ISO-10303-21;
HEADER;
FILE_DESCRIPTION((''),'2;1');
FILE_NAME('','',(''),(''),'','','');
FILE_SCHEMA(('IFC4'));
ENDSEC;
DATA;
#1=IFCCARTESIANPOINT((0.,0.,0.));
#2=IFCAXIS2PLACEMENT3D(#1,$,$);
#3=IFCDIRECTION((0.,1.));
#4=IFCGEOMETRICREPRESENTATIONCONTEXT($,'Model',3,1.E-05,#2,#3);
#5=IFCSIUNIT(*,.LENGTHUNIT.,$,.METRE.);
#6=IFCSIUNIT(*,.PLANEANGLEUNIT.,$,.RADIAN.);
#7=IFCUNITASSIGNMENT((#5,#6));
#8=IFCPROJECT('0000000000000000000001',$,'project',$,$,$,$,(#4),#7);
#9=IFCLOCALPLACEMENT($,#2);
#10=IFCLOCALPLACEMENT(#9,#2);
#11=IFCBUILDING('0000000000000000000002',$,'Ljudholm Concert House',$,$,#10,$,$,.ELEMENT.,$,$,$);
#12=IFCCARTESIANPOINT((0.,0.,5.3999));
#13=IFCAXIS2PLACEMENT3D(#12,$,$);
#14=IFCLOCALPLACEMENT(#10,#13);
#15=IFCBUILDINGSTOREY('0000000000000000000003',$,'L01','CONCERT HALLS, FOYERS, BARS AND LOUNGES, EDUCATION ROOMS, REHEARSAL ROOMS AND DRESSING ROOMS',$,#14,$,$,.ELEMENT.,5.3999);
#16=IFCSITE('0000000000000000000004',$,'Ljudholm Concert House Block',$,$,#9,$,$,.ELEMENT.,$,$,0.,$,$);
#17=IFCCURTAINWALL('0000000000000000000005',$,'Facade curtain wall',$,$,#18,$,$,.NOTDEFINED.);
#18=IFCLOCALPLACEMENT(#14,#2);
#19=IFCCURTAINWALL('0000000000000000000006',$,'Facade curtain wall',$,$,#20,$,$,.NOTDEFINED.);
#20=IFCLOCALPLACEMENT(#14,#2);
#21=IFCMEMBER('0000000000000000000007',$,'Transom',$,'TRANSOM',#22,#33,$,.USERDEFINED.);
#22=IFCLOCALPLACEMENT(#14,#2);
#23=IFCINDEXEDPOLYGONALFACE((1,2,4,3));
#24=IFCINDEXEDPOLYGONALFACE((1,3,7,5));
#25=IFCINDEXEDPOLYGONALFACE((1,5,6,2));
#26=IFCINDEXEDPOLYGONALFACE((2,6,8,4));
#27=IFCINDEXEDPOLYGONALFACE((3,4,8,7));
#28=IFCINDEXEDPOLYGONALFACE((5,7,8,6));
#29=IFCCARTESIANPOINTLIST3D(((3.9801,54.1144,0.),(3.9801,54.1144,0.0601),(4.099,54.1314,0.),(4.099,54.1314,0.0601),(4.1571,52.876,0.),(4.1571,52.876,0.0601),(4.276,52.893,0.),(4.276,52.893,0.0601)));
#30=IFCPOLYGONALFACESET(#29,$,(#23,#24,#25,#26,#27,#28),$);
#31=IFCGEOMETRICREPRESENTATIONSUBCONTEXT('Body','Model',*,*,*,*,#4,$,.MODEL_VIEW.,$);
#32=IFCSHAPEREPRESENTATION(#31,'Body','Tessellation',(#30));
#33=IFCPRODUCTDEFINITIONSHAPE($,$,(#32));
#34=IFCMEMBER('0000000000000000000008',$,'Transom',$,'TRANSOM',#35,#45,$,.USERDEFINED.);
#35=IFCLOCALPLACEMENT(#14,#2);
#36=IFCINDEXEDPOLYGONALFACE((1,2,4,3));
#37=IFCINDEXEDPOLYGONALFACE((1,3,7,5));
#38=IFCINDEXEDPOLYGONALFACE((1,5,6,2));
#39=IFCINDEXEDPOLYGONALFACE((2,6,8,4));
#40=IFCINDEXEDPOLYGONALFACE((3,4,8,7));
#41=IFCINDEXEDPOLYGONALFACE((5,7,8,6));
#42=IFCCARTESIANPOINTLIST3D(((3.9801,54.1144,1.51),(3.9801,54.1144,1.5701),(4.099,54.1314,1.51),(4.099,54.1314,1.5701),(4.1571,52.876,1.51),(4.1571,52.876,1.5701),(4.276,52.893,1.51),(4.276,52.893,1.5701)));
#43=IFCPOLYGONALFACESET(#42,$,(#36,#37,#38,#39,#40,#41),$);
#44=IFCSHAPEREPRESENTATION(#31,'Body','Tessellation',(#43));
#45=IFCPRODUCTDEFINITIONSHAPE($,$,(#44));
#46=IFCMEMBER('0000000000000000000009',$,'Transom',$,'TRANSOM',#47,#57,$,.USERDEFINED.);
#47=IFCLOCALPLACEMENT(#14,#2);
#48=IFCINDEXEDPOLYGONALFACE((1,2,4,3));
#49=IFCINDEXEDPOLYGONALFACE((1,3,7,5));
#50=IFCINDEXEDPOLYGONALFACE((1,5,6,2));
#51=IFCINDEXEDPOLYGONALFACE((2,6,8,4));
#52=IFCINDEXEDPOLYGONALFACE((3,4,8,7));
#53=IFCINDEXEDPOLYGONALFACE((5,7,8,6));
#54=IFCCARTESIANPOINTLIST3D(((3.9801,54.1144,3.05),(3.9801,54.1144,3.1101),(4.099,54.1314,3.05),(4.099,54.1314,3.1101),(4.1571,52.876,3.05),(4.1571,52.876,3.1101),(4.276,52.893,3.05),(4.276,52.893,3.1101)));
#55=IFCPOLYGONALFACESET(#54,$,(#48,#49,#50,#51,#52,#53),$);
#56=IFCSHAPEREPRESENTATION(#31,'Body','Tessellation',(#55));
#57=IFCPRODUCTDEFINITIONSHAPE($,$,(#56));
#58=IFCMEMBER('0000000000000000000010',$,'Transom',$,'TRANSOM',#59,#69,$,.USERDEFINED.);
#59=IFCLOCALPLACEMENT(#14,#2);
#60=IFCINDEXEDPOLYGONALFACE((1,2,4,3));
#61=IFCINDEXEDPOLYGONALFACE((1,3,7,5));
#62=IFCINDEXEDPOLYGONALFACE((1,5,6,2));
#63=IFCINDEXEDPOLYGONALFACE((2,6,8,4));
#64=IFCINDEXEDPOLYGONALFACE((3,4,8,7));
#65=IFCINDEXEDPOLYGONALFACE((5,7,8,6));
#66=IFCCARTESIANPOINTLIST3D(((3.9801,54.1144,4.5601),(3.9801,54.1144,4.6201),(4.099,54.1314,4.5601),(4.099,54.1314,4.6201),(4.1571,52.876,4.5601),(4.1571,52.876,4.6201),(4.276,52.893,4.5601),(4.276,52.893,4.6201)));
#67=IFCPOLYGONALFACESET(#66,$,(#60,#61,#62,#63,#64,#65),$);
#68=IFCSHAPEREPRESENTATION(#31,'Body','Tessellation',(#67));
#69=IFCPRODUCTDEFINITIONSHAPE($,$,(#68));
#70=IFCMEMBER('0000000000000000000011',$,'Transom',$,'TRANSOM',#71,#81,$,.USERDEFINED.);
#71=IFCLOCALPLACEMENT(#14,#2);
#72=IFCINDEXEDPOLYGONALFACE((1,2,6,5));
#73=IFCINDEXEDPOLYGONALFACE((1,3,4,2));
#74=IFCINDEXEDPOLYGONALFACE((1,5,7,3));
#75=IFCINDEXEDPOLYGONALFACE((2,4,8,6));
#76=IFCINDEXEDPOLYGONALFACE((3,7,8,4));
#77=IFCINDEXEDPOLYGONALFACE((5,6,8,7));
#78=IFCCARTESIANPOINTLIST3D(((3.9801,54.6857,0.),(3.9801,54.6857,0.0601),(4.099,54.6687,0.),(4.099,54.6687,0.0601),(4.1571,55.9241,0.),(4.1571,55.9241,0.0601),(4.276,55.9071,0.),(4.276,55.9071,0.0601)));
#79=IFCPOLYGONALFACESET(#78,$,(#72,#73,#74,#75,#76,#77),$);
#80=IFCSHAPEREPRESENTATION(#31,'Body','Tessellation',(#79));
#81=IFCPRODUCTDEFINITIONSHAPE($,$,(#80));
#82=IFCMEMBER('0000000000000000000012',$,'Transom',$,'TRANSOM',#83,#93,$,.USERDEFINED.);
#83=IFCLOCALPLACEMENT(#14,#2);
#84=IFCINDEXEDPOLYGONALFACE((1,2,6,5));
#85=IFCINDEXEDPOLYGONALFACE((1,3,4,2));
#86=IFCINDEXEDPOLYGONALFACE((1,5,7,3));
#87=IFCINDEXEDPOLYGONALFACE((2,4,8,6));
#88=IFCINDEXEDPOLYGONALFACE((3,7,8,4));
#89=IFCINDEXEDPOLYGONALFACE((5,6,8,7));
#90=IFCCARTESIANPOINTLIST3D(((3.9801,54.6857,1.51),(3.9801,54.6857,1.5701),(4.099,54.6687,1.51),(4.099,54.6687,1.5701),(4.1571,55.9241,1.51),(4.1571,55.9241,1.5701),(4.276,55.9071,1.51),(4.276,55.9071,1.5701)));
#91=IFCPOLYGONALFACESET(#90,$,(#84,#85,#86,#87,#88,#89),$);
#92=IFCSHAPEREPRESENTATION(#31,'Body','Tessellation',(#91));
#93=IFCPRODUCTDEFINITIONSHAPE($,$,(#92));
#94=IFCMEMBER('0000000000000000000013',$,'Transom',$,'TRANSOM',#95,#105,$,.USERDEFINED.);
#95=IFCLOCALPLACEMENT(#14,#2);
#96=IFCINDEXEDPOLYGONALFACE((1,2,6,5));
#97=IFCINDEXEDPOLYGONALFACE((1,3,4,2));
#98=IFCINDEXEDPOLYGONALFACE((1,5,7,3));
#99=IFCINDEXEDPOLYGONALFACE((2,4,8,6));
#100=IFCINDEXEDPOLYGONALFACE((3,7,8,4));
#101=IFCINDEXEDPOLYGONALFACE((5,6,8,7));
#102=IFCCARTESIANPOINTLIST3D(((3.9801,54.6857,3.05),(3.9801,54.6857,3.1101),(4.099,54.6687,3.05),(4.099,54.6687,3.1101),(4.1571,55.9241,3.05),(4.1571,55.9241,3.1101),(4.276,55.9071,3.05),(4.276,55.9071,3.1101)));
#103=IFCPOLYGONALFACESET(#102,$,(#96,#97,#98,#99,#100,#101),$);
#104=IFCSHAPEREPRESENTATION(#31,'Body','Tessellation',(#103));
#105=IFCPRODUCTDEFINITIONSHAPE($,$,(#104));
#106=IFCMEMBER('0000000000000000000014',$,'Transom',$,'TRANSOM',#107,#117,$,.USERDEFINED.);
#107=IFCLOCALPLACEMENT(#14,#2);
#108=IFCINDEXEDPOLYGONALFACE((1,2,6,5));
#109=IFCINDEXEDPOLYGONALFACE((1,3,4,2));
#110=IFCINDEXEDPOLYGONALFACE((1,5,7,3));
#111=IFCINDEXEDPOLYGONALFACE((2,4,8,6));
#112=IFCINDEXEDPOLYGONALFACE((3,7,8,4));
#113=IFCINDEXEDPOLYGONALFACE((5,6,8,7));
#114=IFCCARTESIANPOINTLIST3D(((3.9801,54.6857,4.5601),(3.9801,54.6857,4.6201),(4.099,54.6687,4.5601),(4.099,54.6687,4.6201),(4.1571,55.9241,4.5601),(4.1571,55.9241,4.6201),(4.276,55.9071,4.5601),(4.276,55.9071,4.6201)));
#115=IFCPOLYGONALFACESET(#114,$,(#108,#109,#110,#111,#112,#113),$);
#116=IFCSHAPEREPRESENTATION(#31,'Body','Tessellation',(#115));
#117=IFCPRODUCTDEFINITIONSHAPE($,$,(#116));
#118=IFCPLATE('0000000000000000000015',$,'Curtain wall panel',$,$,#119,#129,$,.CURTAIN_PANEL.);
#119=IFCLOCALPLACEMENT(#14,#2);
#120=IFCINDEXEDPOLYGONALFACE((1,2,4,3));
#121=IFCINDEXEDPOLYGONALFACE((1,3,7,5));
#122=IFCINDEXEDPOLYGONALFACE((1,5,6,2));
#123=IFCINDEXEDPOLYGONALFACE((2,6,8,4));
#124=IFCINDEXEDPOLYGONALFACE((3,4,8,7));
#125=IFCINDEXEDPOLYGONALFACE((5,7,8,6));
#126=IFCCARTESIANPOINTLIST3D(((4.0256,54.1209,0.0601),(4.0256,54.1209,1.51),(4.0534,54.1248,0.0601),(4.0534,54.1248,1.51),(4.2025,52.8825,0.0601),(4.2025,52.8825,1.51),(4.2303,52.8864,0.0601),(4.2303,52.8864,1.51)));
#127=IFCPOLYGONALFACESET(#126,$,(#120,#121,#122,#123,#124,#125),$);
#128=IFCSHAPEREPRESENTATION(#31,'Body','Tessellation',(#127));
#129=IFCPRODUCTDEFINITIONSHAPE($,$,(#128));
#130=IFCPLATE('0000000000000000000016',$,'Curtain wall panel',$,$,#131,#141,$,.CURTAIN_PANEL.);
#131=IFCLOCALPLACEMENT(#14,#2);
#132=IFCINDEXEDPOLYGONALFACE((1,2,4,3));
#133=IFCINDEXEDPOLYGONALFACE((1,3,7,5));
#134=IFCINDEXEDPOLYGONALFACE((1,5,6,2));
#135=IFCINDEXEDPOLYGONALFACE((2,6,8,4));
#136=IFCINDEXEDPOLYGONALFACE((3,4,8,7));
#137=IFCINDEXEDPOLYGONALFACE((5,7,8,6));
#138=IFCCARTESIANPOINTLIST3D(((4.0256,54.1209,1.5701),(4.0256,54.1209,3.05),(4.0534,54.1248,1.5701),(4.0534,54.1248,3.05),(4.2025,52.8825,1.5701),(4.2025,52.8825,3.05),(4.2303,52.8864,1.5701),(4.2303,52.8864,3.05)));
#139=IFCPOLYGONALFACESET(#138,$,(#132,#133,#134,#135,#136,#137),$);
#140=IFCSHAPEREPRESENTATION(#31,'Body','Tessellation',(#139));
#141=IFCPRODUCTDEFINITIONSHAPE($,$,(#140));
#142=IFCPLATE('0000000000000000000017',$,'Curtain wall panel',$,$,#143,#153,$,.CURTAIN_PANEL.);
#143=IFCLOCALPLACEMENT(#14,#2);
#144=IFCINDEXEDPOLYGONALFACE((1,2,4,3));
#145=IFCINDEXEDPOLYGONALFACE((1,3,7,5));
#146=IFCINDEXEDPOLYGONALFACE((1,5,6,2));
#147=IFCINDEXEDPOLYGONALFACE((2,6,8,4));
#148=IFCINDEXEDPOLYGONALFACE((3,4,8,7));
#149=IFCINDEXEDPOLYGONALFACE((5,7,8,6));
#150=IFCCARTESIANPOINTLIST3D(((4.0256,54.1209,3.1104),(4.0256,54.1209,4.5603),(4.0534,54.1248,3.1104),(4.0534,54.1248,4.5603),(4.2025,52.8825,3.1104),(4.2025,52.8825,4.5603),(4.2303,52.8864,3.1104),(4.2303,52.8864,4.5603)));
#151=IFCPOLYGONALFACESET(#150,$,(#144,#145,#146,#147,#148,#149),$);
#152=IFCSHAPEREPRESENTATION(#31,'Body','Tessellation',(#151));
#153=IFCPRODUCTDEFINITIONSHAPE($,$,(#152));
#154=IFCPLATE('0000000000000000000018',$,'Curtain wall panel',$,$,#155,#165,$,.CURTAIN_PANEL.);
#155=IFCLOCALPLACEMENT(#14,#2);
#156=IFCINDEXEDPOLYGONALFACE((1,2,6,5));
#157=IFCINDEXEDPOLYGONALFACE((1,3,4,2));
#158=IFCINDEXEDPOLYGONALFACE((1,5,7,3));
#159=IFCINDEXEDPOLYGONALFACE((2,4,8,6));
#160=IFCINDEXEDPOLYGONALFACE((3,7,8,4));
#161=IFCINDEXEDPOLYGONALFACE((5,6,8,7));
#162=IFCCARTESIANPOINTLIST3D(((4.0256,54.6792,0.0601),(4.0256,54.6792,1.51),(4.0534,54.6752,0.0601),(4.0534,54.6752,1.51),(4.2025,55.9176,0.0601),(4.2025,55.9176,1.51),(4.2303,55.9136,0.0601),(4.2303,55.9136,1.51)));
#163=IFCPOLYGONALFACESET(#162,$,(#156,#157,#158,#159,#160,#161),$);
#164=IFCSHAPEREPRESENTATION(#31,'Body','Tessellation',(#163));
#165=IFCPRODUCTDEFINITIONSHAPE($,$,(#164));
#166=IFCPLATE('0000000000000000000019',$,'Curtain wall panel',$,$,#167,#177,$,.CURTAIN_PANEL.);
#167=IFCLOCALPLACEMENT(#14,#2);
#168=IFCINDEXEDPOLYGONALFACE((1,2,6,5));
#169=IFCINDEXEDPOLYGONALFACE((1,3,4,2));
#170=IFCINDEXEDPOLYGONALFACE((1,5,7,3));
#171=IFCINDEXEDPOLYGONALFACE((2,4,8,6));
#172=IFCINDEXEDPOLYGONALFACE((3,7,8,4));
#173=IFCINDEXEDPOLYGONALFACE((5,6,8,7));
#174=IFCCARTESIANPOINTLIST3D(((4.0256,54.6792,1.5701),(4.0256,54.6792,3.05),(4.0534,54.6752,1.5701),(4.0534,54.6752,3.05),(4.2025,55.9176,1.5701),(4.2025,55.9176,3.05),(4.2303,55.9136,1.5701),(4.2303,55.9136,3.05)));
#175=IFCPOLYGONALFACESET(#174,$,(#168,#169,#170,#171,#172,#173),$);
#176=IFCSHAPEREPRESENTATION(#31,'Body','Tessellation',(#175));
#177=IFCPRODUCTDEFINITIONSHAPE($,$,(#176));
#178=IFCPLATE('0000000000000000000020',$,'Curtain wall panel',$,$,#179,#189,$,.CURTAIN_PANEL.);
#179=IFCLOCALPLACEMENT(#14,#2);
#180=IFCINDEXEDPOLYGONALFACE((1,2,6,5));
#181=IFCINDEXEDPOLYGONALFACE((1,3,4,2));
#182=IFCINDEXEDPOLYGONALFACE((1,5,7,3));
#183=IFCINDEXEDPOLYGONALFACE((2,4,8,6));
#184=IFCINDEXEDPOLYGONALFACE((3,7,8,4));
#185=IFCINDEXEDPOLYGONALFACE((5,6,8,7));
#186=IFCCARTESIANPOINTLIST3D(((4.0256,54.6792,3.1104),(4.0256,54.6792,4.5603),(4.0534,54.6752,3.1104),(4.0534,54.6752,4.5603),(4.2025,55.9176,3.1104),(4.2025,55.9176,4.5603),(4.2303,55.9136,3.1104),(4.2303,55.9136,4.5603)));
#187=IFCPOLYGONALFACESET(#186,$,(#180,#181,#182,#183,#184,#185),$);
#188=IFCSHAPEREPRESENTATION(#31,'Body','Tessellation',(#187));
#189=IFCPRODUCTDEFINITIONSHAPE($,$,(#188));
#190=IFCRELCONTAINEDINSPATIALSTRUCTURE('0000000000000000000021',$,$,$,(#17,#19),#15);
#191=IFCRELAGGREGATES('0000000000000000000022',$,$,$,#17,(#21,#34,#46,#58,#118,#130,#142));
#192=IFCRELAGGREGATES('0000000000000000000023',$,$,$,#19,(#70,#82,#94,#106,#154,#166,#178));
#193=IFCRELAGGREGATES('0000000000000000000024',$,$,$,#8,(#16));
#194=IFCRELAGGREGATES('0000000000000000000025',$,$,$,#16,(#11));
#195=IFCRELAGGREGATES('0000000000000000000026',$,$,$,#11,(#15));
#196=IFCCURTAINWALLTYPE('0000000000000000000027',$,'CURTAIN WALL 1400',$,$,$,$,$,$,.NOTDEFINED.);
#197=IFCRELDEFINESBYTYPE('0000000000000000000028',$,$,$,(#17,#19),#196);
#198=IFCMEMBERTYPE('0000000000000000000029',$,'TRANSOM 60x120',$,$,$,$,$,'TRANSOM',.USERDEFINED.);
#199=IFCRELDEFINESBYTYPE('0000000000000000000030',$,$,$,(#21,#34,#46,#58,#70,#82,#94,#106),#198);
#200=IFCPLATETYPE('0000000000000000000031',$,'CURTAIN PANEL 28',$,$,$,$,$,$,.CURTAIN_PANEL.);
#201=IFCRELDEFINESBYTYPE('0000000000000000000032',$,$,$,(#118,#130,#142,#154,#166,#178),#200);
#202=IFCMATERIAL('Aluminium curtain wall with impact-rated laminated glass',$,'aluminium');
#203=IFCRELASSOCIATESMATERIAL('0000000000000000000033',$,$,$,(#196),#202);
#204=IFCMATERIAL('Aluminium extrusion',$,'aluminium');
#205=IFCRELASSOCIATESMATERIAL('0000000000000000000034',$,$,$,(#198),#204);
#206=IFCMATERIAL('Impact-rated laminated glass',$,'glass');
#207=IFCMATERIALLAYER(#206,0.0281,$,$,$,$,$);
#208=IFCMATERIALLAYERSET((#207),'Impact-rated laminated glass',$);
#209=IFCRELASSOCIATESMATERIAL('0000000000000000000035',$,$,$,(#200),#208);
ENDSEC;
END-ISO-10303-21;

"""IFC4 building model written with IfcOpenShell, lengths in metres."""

from ifc_helpers import new_model, si_unit, direction, frame, origin, origin_2d, place, context, subcontext, project, spatial, rectangle, extrude, material, layer, layer_set, material_profile, profile_set, type_object, element, aggregate, save


model = new_model("IFC4")

# Units and contexts
model_context = context("Model", 3, precision=1e-05, world=origin(), true_north=direction((0.0, 1.0)))
body_context = subcontext(model_context, "Body", "Model", "MODEL_VIEW")
ifc_project = project(units=[si_unit("LENGTHUNIT", "METRE"), si_unit("PLANEANGLEUNIT", "RADIAN")], contexts=[model_context])

# Site, building, storey
site_placement = place(None, origin())
site = spatial("IfcSite", under=ifc_project, at=site_placement, Name="Ljudholm Concert House Block", CompositionType="ELEMENT", RefElevation=0.0)
building_placement = place(site_placement, origin())
building = spatial("IfcBuilding", under=site, at=building_placement, Name="Ljudholm Concert House", CompositionType="ELEMENT")
storey_placement = place(building_placement, frame((0.0, 0.0, 5.3999)))
storey = spatial("IfcBuildingStorey", under=building, at=storey_placement, Name="L01", Description="CONCERT HALLS, FOYERS, BARS AND LOUNGES, EDUCATION ROOMS, REHEARSAL ROOMS AND DRESSING ROOMS", CompositionType="ELEMENT", Elevation=5.3999)

# Curtain wall
ifc_material_1 = material(Name="Aluminium curtain wall with impact-rated laminated glass", Category="aluminium")
curtain_wall_type = type_object("IfcCurtainWallType", Name="CURTAIN WALL 1400", PredefinedType="NOTDEFINED", material=ifc_material_1)
curtain_wall_1_placement = place(storey_placement, origin())
curtain_wall_1 = element("IfcCurtainWall", 1, at=curtain_wall_1_placement, inside=storey, type_object=curtain_wall_type, Name="Facade curtain wall", PredefinedType="NOTDEFINED")

# Curtain wall
curtain_wall_2_placement = place(storey_placement, origin())
curtain_wall_2 = element("IfcCurtainWall", 2, at=curtain_wall_2_placement, inside=storey, type_object=curtain_wall_type, Name="Facade curtain wall", PredefinedType="NOTDEFINED")

# Members
ifc_material_2 = material(Name="Aluminium extrusion", Category="aluminium")
ifc_material_profile_1 = material_profile(ifc_material_2, rectangle(XDim=0.1201, YDim=0.0601, at=origin_2d()), Name="TRANSOM 60x120")
ifc_profile_set_1 = profile_set([ifc_material_profile_1], Name="Aluminium extrusion")
member_type_1 = type_object("IfcMemberType", Name="TRANSOM 60x120", ElementType="TRANSOM", PredefinedType="USERDEFINED", material=ifc_profile_set_1)
member_1_placement = place(storey_placement, frame((4.2166, 52.8845, 0.03), z_axis=(-0.141503, 0.989938, 0.0), x_axis=(-0.989938, -0.141503, 0.0)))
member_1 = element("IfcMember", 3, at=member_1_placement, type_object=member_type_1, Name="Transom", ObjectType="TRANSOM", PredefinedType="USERDEFINED", context=body_context, shape_type="SweptSolid", body=[
    extrude(rectangle(XDim=0.1201, YDim=0.0601, at=origin_2d()), origin(), (0.0, 0.0, 1.0), 1.251),
])
member_2_placement = place(storey_placement, frame((4.2166, 52.8845, 1.54), z_axis=(-0.141503, 0.989938, 0.0), x_axis=(-0.989938, -0.141503, 0.0)))
member_2 = element("IfcMember", 4, at=member_2_placement, type_object=member_type_1, Name="Transom", ObjectType="TRANSOM", PredefinedType="USERDEFINED", context=body_context, shape_type="SweptSolid", body=[
    extrude(rectangle(XDim=0.1201, YDim=0.0601, at=origin_2d()), origin(), (0.0, 0.0, 1.0), 1.251),
])
member_3_placement = place(storey_placement, frame((4.2166, 52.8845, 3.0801), z_axis=(-0.141503, 0.989938, 0.0), x_axis=(-0.989938, -0.141503, 0.0)))
member_3 = element("IfcMember", 5, at=member_3_placement, type_object=member_type_1, Name="Transom", ObjectType="TRANSOM", PredefinedType="USERDEFINED", context=body_context, shape_type="SweptSolid", body=[
    extrude(rectangle(XDim=0.1201, YDim=0.0601, at=origin_2d()), origin(), (0.0, 0.0, 1.0), 1.251),
])
member_4_placement = place(storey_placement, frame((4.2166, 52.8845, 4.5901), z_axis=(-0.141503, 0.989938, 0.0), x_axis=(-0.989938, -0.141503, 0.0)))
member_4 = element("IfcMember", 6, at=member_4_placement, type_object=member_type_1, Name="Transom", ObjectType="TRANSOM", PredefinedType="USERDEFINED", context=body_context, shape_type="SweptSolid", body=[
    extrude(rectangle(XDim=0.1201, YDim=0.0601, at=origin_2d()), origin(), (0.0, 0.0, 1.0), 1.251),
])
member_5_placement = place(storey_placement, frame((4.0396, 54.6772, 0.03), z_axis=(0.141503, 0.989938, 0.0), x_axis=(-0.989938, 0.141503, 0.0)))
member_5 = element("IfcMember", 7, at=member_5_placement, type_object=member_type_1, Name="Transom", ObjectType="TRANSOM", PredefinedType="USERDEFINED", context=body_context, shape_type="SweptSolid", body=[
    extrude(rectangle(XDim=0.1201, YDim=0.0601, at=origin_2d()), origin(), (0.0, 0.0, 1.0), 1.251),
])
member_6_placement = place(storey_placement, frame((4.0396, 54.6772, 1.54), z_axis=(0.141503, 0.989938, 0.0), x_axis=(-0.989938, 0.141503, 0.0)))
member_6 = element("IfcMember", 8, at=member_6_placement, type_object=member_type_1, Name="Transom", ObjectType="TRANSOM", PredefinedType="USERDEFINED", context=body_context, shape_type="SweptSolid", body=[
    extrude(rectangle(XDim=0.1201, YDim=0.0601, at=origin_2d()), origin(), (0.0, 0.0, 1.0), 1.251),
])
member_7_placement = place(storey_placement, frame((4.0396, 54.6772, 3.0801), z_axis=(0.141503, 0.989938, 0.0), x_axis=(-0.989938, 0.141503, 0.0)))
member_7 = element("IfcMember", 9, at=member_7_placement, type_object=member_type_1, Name="Transom", ObjectType="TRANSOM", PredefinedType="USERDEFINED", context=body_context, shape_type="SweptSolid", body=[
    extrude(rectangle(XDim=0.1201, YDim=0.0601, at=origin_2d()), origin(), (0.0, 0.0, 1.0), 1.251),
])
member_8_placement = place(storey_placement, frame((4.0396, 54.6772, 4.5901), z_axis=(0.141503, 0.989938, 0.0), x_axis=(-0.989938, 0.141503, 0.0)))
member_8 = element("IfcMember", 10, at=member_8_placement, type_object=member_type_1, Name="Transom", ObjectType="TRANSOM", PredefinedType="USERDEFINED", context=body_context, shape_type="SweptSolid", body=[
    extrude(rectangle(XDim=0.1201, YDim=0.0601, at=origin_2d()), origin(), (0.0, 0.0, 1.0), 1.251),
])

# Plates
ifc_material_3 = material(Name="Impact-rated laminated glass", Category="glass")
ifc_layer = layer(ifc_material_3, 0.0281)
ifc_layer_set = layer_set([ifc_layer], Name="Impact-rated laminated glass")
plate_type = type_object("IfcPlateType", Name="CURTAIN PANEL 28", PredefinedType="CURTAIN_PANEL", material=ifc_layer_set)
plate_1_placement = place(storey_placement, frame((4.1279, 53.5037, 0.0601), z_axis=(0.0, 0.0, 1.0), x_axis=(-0.141421, 0.989949, 0.0)))
plate_1 = element("IfcPlate", 11, at=plate_1_placement, type_object=plate_type, Name="Curtain wall panel", PredefinedType="CURTAIN_PANEL", context=body_context, shape_type="SweptSolid", body=[
    extrude(rectangle(XDim=1.251, YDim=0.0281, at=origin_2d()), origin(), (0.0, 0.0, 1.0), 1.45),
])
plate_2_placement = place(storey_placement, frame((4.1279, 53.5037, 1.5701), z_axis=(0.0, 0.0, 1.0), x_axis=(-0.141421, 0.989949, 0.0)))
plate_2 = element("IfcPlate", 12, at=plate_2_placement, type_object=plate_type, Name="Curtain wall panel", PredefinedType="CURTAIN_PANEL", context=body_context, shape_type="SweptSolid", body=[
    extrude(rectangle(XDim=1.251, YDim=0.0281, at=origin_2d()), origin(), (0.0, 0.0, 1.0), 1.48),
])
plate_3_placement = place(storey_placement, frame((4.1279, 53.5037, 3.1104), z_axis=(0.0, 0.0, 1.0), x_axis=(-0.141421, 0.989949, 0.0)))
plate_3 = element("IfcPlate", 13, at=plate_3_placement, type_object=plate_type, Name="Curtain wall panel", PredefinedType="CURTAIN_PANEL", context=body_context, shape_type="SweptSolid", body=[
    extrude(rectangle(XDim=1.251, YDim=0.0281, at=origin_2d()), origin(), (0.0, 0.0, 1.0), 1.45),
])
aggregate(curtain_wall_1, [member_1, member_2, member_3, member_4, plate_1, plate_2, plate_3])
plate_4_placement = place(storey_placement, frame((4.1279, 55.2964, 0.0601), z_axis=(0.0, 0.0, 1.0), x_axis=(0.141421, 0.989949, 0.0)))
plate_4 = element("IfcPlate", 14, at=plate_4_placement, type_object=plate_type, Name="Curtain wall panel", PredefinedType="CURTAIN_PANEL", context=body_context, shape_type="SweptSolid", body=[
    extrude(rectangle(XDim=1.251, YDim=0.0281, at=origin_2d()), origin(), (0.0, 0.0, 1.0), 1.45),
])
plate_5_placement = place(storey_placement, frame((4.1279, 55.2964, 1.5701), z_axis=(0.0, 0.0, 1.0), x_axis=(0.141421, 0.989949, 0.0)))
plate_5 = element("IfcPlate", 15, at=plate_5_placement, type_object=plate_type, Name="Curtain wall panel", PredefinedType="CURTAIN_PANEL", context=body_context, shape_type="SweptSolid", body=[
    extrude(rectangle(XDim=1.251, YDim=0.0281, at=origin_2d()), origin(), (0.0, 0.0, 1.0), 1.48),
])
plate_6_placement = place(storey_placement, frame((4.1279, 55.2964, 3.1104), z_axis=(0.0, 0.0, 1.0), x_axis=(0.141421, 0.989949, 0.0)))
plate_6 = element("IfcPlate", 16, at=plate_6_placement, type_object=plate_type, Name="Curtain wall panel", PredefinedType="CURTAIN_PANEL", context=body_context, shape_type="SweptSolid", body=[
    extrude(rectangle(XDim=1.251, YDim=0.0281, at=origin_2d()), origin(), (0.0, 0.0, 1.0), 1.45),
])
aggregate(curtain_wall_2, [member_5, member_6, member_7, member_8, plate_4, plate_5, plate_6])

save(model, "model.ifc")
